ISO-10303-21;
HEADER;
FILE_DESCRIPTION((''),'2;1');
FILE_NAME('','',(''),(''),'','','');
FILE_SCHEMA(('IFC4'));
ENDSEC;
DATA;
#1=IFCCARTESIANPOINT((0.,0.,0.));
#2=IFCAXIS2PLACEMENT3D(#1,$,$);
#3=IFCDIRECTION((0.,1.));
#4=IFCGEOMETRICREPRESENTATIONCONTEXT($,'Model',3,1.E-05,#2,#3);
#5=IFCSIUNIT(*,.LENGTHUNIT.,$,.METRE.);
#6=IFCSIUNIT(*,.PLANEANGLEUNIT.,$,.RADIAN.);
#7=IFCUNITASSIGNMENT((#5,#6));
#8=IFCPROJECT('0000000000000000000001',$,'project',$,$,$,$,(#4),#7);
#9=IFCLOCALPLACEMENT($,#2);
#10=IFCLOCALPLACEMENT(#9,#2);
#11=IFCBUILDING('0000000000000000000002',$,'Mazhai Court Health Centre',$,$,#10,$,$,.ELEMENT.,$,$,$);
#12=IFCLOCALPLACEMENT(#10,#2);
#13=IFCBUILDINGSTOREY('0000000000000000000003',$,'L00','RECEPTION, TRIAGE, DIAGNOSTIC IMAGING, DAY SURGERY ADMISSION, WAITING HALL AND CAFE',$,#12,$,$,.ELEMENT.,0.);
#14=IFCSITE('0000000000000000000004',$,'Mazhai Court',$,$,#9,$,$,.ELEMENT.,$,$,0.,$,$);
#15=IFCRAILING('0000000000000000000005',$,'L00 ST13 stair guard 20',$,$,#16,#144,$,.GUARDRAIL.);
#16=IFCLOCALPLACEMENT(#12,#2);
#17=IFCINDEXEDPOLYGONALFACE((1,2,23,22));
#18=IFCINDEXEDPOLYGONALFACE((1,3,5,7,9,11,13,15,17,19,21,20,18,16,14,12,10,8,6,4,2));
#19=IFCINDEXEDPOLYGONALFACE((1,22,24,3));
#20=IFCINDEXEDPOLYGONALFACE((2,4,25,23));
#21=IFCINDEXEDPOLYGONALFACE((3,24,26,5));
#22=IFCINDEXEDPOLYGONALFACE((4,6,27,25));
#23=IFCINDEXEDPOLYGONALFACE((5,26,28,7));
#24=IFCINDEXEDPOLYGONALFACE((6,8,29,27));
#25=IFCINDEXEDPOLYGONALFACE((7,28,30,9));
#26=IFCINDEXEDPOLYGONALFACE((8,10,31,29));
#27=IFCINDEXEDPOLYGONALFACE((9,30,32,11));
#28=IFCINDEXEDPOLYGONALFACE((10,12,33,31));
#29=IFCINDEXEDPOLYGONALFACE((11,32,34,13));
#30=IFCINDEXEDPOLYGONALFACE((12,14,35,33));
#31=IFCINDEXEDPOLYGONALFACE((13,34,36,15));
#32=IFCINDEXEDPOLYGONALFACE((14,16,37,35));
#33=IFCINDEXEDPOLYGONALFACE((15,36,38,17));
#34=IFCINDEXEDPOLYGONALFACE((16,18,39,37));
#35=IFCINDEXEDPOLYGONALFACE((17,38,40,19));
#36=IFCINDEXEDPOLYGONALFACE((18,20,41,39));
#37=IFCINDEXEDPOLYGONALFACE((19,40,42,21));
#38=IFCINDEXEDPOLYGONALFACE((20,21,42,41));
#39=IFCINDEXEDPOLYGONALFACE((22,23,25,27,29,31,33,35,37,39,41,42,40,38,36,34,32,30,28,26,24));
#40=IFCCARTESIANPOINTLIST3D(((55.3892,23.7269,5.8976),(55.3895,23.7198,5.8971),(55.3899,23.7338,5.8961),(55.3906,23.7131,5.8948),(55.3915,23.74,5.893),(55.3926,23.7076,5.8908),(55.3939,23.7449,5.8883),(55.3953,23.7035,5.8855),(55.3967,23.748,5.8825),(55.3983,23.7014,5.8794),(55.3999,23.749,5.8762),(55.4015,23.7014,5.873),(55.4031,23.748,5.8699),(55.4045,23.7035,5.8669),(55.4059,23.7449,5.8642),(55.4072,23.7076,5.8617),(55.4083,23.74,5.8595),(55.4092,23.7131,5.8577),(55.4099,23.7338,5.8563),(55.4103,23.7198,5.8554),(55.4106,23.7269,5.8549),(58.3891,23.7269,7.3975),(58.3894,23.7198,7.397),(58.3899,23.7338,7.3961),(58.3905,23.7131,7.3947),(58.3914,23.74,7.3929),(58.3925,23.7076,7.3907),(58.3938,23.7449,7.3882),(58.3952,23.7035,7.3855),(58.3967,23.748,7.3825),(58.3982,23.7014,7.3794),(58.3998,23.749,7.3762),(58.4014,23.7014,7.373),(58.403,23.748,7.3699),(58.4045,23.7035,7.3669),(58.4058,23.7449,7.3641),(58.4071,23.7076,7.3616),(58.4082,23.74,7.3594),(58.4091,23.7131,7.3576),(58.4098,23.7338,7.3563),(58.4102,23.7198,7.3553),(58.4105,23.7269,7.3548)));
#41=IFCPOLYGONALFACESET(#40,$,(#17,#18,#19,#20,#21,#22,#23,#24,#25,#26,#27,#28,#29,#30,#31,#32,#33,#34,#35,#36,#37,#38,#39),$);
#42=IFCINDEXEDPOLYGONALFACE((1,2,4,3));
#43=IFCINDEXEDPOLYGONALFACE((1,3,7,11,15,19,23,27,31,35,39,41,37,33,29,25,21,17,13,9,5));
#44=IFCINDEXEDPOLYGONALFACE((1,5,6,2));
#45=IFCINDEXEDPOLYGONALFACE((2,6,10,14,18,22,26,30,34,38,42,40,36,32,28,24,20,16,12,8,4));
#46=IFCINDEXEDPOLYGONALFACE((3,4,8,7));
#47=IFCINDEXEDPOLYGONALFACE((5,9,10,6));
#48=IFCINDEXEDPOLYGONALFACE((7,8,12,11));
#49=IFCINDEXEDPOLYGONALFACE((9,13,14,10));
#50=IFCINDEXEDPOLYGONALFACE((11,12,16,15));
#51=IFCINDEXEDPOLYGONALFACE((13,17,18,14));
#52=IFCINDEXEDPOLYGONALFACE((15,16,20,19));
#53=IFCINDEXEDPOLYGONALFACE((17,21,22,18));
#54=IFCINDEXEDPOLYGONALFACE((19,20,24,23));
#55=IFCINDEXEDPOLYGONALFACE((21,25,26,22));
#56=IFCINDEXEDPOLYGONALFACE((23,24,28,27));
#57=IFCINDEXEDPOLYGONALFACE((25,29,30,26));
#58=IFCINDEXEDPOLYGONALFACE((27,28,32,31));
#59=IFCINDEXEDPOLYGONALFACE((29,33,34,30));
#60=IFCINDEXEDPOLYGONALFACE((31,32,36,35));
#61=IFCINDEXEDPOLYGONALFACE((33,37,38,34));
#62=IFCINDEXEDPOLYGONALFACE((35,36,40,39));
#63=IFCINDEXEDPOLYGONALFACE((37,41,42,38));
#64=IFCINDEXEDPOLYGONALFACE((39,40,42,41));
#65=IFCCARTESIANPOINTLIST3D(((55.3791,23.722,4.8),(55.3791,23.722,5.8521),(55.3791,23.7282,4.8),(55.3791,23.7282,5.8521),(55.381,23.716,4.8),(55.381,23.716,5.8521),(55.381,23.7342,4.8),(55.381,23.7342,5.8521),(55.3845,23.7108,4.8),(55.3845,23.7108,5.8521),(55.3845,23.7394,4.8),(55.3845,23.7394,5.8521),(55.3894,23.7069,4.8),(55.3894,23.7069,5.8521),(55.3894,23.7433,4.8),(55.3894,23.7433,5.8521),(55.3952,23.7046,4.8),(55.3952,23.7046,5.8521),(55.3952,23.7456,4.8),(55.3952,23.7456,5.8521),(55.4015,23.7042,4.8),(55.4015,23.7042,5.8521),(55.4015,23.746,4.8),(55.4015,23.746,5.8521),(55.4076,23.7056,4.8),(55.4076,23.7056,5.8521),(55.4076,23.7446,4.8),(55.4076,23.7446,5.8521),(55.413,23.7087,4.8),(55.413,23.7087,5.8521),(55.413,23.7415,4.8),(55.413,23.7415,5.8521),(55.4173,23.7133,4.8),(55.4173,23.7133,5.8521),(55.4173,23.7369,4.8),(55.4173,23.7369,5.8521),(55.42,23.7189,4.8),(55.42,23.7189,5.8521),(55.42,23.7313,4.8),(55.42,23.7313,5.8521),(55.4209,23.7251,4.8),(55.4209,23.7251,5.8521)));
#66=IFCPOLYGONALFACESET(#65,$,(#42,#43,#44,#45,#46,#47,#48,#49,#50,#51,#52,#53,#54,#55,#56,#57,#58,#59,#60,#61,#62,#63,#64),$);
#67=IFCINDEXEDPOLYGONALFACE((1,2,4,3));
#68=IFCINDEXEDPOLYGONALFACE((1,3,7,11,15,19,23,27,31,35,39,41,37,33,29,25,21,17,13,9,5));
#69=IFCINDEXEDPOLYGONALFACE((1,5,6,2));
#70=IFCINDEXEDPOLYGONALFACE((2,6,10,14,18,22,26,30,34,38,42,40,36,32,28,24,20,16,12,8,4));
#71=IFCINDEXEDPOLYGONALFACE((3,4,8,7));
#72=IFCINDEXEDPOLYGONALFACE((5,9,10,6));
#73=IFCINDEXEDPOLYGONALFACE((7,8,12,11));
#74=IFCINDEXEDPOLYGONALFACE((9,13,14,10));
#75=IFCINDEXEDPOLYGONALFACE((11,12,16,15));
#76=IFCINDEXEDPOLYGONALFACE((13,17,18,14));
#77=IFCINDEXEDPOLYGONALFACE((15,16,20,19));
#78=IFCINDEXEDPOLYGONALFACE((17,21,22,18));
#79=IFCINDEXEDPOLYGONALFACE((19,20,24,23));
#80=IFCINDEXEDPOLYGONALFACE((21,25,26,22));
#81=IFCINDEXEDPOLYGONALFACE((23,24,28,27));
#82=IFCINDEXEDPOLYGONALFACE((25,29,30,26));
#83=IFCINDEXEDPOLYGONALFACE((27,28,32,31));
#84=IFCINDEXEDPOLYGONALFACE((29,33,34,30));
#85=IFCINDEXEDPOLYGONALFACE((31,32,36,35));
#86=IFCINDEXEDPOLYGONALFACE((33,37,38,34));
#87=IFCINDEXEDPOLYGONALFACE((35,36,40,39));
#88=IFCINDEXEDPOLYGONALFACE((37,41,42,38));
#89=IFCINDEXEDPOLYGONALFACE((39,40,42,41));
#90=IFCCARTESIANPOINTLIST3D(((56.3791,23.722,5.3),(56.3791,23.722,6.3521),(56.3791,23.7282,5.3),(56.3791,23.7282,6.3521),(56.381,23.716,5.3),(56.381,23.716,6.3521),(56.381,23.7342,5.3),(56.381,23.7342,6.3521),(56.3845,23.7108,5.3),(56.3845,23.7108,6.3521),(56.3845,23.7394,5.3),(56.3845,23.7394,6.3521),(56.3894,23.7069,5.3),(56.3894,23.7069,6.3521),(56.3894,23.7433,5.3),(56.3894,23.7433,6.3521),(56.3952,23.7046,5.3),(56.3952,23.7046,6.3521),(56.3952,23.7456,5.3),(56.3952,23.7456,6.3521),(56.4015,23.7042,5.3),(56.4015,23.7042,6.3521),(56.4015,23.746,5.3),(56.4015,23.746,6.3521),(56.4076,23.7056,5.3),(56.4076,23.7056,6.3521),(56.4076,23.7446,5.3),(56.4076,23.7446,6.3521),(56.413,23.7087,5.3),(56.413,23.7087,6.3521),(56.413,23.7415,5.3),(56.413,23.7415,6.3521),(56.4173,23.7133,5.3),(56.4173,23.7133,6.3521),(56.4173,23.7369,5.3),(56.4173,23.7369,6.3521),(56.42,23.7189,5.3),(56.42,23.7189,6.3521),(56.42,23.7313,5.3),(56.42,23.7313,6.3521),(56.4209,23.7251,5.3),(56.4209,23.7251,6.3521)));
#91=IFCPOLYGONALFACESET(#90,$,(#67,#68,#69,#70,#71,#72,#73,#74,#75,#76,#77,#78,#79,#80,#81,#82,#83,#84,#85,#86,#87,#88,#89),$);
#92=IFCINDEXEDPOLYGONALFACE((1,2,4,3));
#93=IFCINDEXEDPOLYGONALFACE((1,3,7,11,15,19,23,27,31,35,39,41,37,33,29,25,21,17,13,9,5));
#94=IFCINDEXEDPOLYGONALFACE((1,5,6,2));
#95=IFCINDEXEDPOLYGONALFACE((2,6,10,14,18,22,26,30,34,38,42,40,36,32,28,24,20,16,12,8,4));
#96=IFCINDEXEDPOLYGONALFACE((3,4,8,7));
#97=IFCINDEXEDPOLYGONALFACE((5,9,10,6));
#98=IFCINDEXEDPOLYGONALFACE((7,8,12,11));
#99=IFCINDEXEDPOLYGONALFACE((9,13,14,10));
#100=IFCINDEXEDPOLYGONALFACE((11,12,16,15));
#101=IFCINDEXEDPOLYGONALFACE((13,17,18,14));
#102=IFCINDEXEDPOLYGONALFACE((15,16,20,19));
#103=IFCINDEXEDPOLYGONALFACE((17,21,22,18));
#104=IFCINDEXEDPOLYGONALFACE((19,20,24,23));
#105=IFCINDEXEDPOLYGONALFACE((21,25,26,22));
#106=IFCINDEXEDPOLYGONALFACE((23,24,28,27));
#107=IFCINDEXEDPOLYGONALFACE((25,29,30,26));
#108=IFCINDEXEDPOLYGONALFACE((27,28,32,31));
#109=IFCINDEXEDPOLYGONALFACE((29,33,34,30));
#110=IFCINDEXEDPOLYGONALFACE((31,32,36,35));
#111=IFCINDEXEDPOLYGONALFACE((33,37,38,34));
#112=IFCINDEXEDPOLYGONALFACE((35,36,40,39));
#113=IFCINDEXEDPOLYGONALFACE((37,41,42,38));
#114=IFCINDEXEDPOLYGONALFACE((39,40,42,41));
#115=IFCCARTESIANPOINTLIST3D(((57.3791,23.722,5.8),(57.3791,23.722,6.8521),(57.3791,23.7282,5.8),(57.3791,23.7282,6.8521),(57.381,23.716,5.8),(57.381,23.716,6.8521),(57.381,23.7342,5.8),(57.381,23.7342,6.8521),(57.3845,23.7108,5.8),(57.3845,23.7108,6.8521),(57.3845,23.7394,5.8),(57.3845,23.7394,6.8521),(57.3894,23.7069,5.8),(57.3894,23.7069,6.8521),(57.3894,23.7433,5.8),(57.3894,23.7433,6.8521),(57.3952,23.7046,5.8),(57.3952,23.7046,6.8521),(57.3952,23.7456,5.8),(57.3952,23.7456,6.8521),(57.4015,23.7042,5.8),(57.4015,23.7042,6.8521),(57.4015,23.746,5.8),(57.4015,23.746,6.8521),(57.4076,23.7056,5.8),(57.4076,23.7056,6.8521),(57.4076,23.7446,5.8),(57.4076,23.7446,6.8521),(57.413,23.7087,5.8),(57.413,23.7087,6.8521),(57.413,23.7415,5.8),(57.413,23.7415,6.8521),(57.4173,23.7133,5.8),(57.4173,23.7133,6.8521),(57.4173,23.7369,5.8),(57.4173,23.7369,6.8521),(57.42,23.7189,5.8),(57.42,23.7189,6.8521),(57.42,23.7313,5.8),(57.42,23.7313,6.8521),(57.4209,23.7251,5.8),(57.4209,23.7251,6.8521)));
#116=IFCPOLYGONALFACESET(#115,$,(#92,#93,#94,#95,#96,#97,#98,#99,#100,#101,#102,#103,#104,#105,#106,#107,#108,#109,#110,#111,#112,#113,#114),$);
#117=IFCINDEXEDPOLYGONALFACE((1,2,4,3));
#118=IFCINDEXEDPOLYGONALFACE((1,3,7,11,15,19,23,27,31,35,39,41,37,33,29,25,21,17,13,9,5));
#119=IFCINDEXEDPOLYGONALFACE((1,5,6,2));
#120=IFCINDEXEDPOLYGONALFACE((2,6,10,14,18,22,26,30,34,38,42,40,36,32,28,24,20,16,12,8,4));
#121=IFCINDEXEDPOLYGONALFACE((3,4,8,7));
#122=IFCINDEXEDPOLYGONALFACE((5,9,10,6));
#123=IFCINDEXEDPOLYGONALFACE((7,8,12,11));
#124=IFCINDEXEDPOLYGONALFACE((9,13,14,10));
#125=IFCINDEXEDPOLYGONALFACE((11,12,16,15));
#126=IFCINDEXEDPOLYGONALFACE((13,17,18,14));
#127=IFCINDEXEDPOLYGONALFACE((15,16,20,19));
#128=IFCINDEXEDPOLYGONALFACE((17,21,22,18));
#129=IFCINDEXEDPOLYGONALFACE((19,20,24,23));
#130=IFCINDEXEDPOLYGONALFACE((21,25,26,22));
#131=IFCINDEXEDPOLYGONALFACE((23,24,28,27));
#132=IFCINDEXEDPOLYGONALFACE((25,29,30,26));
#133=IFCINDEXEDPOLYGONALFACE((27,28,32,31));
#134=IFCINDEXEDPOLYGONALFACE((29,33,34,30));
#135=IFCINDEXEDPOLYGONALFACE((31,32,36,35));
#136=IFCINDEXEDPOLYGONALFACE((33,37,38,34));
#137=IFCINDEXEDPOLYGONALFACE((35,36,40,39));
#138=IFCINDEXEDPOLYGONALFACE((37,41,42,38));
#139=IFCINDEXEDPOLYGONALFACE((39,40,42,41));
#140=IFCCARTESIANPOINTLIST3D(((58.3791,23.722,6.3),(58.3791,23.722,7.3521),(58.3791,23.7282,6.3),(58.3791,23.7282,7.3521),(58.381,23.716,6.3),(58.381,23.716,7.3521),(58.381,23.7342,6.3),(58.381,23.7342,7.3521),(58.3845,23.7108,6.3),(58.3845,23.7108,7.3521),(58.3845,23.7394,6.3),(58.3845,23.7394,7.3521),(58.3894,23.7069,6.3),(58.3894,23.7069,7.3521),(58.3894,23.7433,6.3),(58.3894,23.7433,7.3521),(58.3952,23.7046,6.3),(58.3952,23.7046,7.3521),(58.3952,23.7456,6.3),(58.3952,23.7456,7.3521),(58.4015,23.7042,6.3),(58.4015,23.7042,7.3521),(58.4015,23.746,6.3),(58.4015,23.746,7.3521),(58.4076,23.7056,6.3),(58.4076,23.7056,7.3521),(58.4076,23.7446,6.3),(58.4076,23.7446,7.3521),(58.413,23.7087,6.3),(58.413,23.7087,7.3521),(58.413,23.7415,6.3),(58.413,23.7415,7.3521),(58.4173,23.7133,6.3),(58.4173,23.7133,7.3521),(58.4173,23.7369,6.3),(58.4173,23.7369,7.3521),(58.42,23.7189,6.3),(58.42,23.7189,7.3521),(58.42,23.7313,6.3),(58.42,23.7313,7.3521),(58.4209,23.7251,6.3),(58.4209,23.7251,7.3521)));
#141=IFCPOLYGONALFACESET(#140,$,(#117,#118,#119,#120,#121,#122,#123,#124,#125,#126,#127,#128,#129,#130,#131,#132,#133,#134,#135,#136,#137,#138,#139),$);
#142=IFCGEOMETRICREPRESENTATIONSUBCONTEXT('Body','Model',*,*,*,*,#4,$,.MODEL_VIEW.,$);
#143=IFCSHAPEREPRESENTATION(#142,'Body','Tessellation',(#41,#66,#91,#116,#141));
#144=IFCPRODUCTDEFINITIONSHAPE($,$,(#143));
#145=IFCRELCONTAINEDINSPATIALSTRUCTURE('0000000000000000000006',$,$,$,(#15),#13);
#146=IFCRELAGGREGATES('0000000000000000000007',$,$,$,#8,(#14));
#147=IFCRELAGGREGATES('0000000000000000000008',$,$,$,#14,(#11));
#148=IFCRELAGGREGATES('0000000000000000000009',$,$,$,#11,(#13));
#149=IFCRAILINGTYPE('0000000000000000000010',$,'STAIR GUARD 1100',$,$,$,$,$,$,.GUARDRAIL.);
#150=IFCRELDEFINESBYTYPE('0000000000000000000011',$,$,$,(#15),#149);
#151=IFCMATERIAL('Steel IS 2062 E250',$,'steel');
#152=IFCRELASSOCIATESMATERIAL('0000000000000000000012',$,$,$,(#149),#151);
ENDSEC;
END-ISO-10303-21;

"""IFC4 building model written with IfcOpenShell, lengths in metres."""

from ifc_helpers import new_model, si_unit, direction, frame, origin, origin_2d, place, context, subcontext, project, spatial, circle, extrude, material, type_object, element, save


model = new_model("IFC4")

# Units and contexts
model_context = context("Model", 3, precision=1e-05, world=origin(), true_north=direction((0.0, 1.0)))
body_context = subcontext(model_context, "Body", "Model", "MODEL_VIEW")
ifc_project = project(units=[si_unit("LENGTHUNIT", "METRE"), si_unit("PLANEANGLEUNIT", "RADIAN")], contexts=[model_context])

# Site, building, storey
site_placement = place(None, origin())
site = spatial("IfcSite", under=ifc_project, at=site_placement, Name="Mazhai Court", CompositionType="ELEMENT", RefElevation=0.0)
building_placement = place(site_placement, origin())
building = spatial("IfcBuilding", under=site, at=building_placement, Name="Mazhai Court Health Centre", CompositionType="ELEMENT")
storey_placement = place(building_placement, origin())
storey = spatial("IfcBuildingStorey", under=building, at=storey_placement, Name="L00", Description="RECEPTION, TRIAGE, DIAGNOSTIC IMAGING, DAY SURGERY ADMISSION, WAITING HALL AND CAFE", CompositionType="ELEMENT", Elevation=0.0)

# Railing
ifc_material_1 = material(Name="Steel IS 2062 E250", Category="steel")
railing_type_1 = type_object("IfcRailingType", Name="STAIR GUARD 1100", PredefinedType="GUARDRAIL", material=ifc_material_1)
railing_1_placement = place(storey_placement, frame((55.3999, 23.7251, 4.8)))
element("IfcRailing", 1, at=railing_1_placement, inside=storey, type_object=railing_type_1, Name="L00 ST13 stair guard 20", PredefinedType="GUARDRAIL", context=body_context, shape_type="SweptSolid", body=[
    extrude(circle(Radius=0.0239, at=origin_2d()), frame((0.0, 0.0, 1.0762), z_axis=(0.894427, 0.0, 0.447214), x_axis=(0.0, 1.0, 0.0)), (0.0, 0.0, 1.0), 3.354),
    extrude(circle(Radius=0.021, at=origin_2d()), origin(), (0.0, 0.0, 1.0), 1.052),
    extrude(circle(Radius=0.021, at=origin_2d()), frame((1.0, 0.0, 0.5)), (0.0, 0.0, 1.0), 1.052),
    extrude(circle(Radius=0.021, at=origin_2d()), frame((2.0, 0.0, 1.0)), (0.0, 0.0, 1.0), 1.052),
    extrude(circle(Radius=0.021, at=origin_2d()), frame((3.0, 0.0, 1.5)), (0.0, 0.0, 1.0), 1.052),
])

save(model, "model.ifc")
